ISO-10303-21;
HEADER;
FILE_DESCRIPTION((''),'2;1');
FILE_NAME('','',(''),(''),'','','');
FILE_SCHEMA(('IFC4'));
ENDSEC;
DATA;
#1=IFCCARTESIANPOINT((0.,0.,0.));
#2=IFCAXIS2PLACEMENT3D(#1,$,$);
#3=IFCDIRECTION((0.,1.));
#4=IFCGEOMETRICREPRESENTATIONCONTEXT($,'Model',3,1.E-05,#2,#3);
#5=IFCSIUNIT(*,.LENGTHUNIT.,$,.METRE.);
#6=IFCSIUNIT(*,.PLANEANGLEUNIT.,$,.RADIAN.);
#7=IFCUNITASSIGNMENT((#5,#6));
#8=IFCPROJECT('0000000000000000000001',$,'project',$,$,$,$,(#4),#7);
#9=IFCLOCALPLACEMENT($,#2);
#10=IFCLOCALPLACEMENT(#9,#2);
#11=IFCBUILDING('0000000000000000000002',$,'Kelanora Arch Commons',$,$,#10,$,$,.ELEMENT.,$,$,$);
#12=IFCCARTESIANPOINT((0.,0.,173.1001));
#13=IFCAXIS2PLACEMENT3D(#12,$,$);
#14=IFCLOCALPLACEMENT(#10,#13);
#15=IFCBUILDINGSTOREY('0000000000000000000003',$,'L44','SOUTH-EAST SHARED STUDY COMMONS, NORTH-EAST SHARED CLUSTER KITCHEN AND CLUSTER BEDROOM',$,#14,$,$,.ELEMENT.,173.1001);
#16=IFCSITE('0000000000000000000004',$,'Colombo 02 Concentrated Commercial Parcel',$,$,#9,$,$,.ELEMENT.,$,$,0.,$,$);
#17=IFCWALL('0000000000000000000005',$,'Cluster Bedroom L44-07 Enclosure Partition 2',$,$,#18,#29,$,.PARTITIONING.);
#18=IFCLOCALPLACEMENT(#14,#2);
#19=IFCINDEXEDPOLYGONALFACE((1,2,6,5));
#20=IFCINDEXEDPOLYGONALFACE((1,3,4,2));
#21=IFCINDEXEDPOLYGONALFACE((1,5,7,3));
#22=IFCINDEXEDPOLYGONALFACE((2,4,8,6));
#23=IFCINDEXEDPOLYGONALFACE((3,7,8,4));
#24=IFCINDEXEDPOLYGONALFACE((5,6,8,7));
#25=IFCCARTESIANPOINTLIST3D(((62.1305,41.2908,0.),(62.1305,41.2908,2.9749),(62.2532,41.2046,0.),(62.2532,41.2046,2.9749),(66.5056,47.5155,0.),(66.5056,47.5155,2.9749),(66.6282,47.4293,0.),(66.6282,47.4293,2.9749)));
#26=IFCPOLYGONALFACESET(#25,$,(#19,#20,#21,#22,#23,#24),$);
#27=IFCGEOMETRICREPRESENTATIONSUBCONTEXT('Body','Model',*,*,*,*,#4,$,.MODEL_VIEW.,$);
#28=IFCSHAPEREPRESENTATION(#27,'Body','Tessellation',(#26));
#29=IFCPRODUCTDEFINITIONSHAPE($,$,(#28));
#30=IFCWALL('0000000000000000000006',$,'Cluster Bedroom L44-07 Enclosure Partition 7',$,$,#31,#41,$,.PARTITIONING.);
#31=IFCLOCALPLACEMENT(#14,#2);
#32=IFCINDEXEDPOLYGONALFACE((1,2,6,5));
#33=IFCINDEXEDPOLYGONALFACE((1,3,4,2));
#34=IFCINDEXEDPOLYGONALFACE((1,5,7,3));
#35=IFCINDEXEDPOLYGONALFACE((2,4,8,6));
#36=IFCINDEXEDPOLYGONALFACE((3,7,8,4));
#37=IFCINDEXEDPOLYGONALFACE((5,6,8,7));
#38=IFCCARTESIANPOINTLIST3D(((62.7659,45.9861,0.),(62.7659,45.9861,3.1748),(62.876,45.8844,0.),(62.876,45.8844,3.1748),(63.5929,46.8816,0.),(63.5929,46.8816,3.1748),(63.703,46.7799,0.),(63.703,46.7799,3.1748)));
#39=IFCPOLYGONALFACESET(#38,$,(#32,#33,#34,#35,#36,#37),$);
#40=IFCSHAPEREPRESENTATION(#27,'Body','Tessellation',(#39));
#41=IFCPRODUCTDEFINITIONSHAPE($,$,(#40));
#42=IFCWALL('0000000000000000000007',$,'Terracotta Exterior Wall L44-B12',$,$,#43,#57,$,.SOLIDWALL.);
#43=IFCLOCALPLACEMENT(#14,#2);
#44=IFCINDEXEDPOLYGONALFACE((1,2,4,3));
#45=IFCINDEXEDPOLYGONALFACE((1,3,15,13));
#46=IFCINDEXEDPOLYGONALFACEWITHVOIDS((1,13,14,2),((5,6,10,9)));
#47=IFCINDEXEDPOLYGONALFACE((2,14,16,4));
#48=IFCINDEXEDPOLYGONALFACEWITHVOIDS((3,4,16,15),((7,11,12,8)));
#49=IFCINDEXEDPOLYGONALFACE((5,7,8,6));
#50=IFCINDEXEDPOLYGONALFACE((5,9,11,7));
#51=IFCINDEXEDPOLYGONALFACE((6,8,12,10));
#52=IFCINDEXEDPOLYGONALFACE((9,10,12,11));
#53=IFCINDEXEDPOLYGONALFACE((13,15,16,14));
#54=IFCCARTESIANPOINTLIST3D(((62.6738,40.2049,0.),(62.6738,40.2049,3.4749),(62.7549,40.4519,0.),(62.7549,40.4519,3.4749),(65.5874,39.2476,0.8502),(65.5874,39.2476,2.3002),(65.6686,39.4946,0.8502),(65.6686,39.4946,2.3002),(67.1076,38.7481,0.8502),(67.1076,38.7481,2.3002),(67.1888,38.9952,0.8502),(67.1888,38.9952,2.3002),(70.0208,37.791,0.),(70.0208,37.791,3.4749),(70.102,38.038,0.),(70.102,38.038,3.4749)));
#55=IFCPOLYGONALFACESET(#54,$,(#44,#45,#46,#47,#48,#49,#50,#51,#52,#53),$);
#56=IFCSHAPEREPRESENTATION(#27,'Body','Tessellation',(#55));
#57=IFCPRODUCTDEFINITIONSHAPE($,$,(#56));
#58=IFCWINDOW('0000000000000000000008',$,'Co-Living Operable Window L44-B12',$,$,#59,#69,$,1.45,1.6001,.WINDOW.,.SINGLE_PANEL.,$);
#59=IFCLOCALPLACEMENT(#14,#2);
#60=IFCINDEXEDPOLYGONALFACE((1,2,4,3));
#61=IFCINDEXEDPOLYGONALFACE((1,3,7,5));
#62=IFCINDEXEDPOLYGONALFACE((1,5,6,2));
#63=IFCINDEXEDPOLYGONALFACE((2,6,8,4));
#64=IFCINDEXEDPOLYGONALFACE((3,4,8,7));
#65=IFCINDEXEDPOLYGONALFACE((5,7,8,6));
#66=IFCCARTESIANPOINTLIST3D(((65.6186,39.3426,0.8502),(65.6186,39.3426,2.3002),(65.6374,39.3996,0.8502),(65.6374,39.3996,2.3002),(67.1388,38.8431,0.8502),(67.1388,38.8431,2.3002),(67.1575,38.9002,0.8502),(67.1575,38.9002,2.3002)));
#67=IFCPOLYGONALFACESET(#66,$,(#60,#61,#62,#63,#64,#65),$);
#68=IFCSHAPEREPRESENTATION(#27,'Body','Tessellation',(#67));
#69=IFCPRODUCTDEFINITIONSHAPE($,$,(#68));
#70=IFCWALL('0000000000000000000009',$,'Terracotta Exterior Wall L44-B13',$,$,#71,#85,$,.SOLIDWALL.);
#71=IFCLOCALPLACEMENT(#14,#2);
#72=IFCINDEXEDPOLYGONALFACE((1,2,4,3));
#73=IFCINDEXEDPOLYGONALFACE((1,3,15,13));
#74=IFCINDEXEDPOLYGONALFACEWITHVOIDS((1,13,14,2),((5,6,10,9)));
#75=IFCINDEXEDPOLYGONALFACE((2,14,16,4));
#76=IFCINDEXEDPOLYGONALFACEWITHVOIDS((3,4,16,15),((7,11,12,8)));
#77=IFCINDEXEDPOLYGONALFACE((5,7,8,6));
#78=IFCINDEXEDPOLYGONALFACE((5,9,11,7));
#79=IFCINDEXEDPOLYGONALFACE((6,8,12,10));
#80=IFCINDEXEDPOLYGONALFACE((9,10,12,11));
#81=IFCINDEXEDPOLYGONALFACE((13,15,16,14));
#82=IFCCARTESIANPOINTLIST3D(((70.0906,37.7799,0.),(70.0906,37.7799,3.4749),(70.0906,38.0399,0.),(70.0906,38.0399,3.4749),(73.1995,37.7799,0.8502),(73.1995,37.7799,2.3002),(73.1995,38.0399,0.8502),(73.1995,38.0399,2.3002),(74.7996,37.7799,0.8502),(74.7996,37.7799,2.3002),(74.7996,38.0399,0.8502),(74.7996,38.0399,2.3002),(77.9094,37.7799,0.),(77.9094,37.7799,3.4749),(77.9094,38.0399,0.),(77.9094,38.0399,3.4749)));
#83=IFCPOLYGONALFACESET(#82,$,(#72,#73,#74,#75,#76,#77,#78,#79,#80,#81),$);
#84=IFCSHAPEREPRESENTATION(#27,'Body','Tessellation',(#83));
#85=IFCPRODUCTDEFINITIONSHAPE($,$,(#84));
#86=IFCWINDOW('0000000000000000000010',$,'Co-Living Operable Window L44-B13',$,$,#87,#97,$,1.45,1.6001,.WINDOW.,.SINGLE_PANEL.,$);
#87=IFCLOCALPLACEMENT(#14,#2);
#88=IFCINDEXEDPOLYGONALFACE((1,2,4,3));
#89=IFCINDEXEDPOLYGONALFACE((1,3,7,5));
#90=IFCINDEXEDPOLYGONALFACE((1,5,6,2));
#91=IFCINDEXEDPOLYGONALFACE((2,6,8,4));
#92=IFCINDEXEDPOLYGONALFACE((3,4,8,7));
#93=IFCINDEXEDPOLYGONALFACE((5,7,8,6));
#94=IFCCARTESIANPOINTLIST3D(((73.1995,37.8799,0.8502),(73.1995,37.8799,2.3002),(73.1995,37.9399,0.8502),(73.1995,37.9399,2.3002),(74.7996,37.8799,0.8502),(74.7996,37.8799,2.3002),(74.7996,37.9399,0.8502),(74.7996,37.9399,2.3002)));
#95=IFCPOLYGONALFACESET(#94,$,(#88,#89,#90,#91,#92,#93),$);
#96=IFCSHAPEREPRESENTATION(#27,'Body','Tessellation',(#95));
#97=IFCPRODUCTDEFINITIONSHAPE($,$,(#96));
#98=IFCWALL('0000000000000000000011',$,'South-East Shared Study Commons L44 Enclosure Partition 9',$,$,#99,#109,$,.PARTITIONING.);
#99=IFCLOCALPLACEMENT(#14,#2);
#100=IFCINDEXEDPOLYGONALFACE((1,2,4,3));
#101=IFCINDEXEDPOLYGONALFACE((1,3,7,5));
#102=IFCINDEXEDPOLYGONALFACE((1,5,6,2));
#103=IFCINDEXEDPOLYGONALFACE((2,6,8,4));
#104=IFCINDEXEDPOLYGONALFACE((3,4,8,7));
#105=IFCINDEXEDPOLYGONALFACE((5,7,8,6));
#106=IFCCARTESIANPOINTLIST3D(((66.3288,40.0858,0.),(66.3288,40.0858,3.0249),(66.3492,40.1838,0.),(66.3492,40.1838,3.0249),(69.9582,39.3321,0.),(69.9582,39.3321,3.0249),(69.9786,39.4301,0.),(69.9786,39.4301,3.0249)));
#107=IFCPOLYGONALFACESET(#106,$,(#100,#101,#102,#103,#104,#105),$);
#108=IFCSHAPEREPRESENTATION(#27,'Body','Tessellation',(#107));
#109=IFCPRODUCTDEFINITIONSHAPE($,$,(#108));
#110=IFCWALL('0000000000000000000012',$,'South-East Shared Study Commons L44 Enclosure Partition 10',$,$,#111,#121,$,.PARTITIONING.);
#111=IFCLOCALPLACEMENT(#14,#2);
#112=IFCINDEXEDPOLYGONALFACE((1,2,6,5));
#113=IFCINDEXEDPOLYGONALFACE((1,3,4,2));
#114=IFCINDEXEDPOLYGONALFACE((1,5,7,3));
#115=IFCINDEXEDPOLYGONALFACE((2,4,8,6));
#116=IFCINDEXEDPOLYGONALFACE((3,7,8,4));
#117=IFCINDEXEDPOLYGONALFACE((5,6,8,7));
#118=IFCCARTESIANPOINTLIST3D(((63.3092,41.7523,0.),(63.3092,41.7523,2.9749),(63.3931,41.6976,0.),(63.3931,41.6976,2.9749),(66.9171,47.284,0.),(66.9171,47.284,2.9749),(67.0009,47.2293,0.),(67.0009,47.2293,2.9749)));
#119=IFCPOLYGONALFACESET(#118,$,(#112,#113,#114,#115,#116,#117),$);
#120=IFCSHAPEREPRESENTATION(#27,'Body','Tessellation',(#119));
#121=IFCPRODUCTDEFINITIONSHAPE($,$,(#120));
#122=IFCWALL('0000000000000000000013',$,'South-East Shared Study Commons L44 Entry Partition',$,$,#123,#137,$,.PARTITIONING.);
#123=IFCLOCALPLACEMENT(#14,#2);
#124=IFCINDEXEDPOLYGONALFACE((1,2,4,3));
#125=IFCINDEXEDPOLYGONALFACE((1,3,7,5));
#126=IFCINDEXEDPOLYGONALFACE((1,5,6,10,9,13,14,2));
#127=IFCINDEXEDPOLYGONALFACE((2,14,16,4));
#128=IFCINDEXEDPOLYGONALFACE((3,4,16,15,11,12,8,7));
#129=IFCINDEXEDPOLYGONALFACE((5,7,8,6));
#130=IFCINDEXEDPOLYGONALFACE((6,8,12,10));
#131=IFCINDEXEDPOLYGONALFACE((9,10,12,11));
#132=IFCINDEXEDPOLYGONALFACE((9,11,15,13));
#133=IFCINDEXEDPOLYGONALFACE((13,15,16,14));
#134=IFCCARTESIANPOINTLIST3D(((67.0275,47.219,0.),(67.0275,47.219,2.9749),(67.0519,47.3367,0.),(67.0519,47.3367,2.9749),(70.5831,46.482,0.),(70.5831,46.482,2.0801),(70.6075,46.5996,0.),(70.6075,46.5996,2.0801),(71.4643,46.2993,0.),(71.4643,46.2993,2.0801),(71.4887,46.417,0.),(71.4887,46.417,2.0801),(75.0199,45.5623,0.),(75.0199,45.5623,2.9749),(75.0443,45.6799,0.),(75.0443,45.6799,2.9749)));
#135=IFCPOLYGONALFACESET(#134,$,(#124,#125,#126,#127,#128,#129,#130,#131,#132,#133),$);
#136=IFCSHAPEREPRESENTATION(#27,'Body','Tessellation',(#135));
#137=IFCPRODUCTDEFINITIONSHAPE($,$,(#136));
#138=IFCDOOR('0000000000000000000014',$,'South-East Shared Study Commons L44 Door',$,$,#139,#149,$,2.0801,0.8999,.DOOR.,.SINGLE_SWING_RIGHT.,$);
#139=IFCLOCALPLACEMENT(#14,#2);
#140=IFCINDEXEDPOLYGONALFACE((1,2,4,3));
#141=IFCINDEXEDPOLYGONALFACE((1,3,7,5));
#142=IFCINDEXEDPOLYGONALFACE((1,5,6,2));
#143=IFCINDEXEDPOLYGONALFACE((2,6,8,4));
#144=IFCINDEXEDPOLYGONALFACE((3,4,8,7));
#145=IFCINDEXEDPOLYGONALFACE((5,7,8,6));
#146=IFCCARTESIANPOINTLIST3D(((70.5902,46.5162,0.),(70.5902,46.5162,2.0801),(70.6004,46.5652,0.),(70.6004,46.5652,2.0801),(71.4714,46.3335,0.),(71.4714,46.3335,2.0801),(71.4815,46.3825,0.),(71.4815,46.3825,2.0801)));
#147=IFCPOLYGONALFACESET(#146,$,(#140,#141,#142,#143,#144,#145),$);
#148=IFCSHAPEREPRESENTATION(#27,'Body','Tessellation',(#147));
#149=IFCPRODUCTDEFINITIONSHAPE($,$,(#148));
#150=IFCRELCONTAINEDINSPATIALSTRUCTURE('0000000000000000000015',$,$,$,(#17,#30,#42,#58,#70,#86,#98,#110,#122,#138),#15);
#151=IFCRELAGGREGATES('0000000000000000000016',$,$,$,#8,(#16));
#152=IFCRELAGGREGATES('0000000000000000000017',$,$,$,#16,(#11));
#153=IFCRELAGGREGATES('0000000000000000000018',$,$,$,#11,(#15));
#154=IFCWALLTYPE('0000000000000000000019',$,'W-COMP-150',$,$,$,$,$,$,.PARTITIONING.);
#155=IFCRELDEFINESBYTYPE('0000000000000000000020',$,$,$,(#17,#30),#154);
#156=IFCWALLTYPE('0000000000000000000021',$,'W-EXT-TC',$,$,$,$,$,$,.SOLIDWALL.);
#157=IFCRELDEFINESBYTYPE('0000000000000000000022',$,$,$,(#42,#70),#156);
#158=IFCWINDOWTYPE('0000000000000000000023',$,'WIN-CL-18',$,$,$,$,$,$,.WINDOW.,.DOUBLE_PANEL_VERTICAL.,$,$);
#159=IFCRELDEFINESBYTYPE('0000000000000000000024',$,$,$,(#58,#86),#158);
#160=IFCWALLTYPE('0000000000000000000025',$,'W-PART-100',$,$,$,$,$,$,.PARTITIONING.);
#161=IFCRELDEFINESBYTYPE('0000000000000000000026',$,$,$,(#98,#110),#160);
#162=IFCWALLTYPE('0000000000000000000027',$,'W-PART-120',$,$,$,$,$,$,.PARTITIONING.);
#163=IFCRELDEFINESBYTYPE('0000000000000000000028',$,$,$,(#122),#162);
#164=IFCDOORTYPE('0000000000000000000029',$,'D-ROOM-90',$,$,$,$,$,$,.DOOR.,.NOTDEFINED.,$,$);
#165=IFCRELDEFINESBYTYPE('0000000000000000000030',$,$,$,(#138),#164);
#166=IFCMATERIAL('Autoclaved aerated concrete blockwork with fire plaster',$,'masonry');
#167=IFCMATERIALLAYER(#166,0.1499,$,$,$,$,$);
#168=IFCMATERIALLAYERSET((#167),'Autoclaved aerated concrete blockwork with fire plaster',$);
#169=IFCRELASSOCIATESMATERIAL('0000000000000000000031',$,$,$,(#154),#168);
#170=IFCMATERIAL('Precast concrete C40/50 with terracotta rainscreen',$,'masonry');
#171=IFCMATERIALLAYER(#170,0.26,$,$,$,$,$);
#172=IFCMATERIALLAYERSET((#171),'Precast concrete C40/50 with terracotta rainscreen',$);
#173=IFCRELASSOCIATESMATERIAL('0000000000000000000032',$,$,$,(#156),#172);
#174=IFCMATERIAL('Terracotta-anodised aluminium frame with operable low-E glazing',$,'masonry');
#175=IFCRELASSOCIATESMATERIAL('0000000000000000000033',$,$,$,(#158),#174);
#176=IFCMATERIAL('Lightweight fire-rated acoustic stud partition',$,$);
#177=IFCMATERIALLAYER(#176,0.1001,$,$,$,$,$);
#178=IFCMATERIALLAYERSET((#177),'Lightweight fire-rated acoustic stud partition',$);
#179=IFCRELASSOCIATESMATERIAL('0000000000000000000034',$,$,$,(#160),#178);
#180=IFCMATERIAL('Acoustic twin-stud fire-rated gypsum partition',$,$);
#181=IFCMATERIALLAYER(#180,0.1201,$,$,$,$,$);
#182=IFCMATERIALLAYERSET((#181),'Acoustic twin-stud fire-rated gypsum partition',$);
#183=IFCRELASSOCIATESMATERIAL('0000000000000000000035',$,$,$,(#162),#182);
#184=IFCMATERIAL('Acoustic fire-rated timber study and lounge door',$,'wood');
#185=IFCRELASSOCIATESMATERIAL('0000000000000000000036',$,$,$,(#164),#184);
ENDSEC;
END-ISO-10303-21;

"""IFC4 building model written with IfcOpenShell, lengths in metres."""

from ifc_helpers import new_model, si_unit, direction, frame, frame_2d, origin, place, context, subcontext, project, spatial, rectangle, extrude, material, layer, layer_set, type_object, element, fill, save


model = new_model("IFC4")

# Units and contexts
model_context = context("Model", 3, precision=1e-05, world=origin(), true_north=direction((0.0, 1.0)))
body_context = subcontext(model_context, "Body", "Model", "MODEL_VIEW")
ifc_project = project(units=[si_unit("LENGTHUNIT", "METRE"), si_unit("PLANEANGLEUNIT", "RADIAN")], contexts=[model_context])

# Site, building, storey
site_placement = place(None, origin())
site = spatial("IfcSite", under=ifc_project, at=site_placement, Name="Colombo 02 Concentrated Commercial Parcel", CompositionType="ELEMENT", RefElevation=0.0)
building_placement = place(site_placement, origin())
building = spatial("IfcBuilding", under=site, at=building_placement, Name="Kelanora Arch Commons", CompositionType="ELEMENT")
storey_placement = place(building_placement, frame((0.0, 0.0, 173.1001)))
storey = spatial("IfcBuildingStorey", under=building, at=storey_placement, Name="L44", Description="SOUTH-EAST SHARED STUDY COMMONS, NORTH-EAST SHARED CLUSTER KITCHEN AND CLUSTER BEDROOM", CompositionType="ELEMENT", Elevation=173.1001)

# Shared definitions
ifc_material_1 = material(Name="Autoclaved aerated concrete blockwork with fire plaster", Category="masonry")
ifc_layer_1 = layer(ifc_material_1, 0.1499)
ifc_layer_set_1 = layer_set([ifc_layer_1], Name="Autoclaved aerated concrete blockwork with fire plaster")
wall_type_1 = type_object("IfcWallType", Name="W-COMP-150", PredefinedType="PARTITIONING", material=ifc_layer_set_1)

# Walls
wall_1_placement = place(storey_placement, frame((66.5669, 47.4724, 0.0), z_axis=(0.0, 0.0, 1.0), x_axis=(-0.575029, -0.818133, 0.0)))
element("IfcWall", 1, at=wall_1_placement, inside=storey, type_object=wall_type_1, Name="Cluster Bedroom L44-07 Enclosure Partition 2", PredefinedType="PARTITIONING", context=body_context, shape_type="SweptSolid", body=[
    extrude(rectangle(XDim=7.6084, YDim=0.1499, at=frame_2d((3.8042, 0.0))), origin(), (0.0, 0.0, 1.0), 2.9749),
])
wall_2_placement = place(storey_placement, frame((62.821, 45.9353, 0.0), z_axis=(0.0, 0.0, 1.0), x_axis=(0.678405, 0.734688, 0.0)))
element("IfcWall", 2, at=wall_2_placement, inside=storey, type_object=wall_type_1, Name="Cluster Bedroom L44-07 Enclosure Partition 7", PredefinedType="PARTITIONING", context=body_context, shape_type="SweptSolid", body=[
    extrude(rectangle(XDim=1.219, YDim=0.1499, at=frame_2d((0.6094, 0.0))), origin(), (0.0, 0.0, 1.0), 3.1748),
])

# Walls, openings, windows
ifc_material_2 = material(Name="Precast concrete C40/50 with terracotta rainscreen", Category="masonry")
ifc_layer_2 = layer(ifc_material_2, 0.26)
ifc_layer_set_2 = layer_set([ifc_layer_2], Name="Precast concrete C40/50 with terracotta rainscreen")
wall_type_2 = type_object("IfcWallType", Name="W-EXT-TC", PredefinedType="SOLIDWALL", material=ifc_layer_set_2)
wall_3_placement = place(storey_placement, frame((62.7144, 40.3284, 0.0), z_axis=(0.0, 0.0, 1.0), x_axis=(0.950038, -0.312133, 0.0)))
wall_3 = element("IfcWall", 3, at=wall_3_placement, inside=storey, type_object=wall_type_2, Name="Terracotta Exterior Wall L44-B12", PredefinedType="SOLIDWALL", context=body_context, shape_type="SweptSolid", body=[
    extrude(rectangle(XDim=7.7334, YDim=0.26, at=frame_2d((3.8667, 0.0))), origin(), (0.0, 0.0, 1.0), 3.4749),
])
opening_1_placement = place(wall_3_placement, frame((3.0669, 0.0, 0.8501)))
opening_1 = element("IfcOpeningElement", 4, at=opening_1_placement, cuts=wall_3, PredefinedType="OPENING", context=body_context, shape_type="SweptSolid", body=[
    extrude(rectangle(XDim=1.6001, YDim=1.45, at=frame_2d((0.8, 0.7251))), frame((0.0, 0.1401, 0.0), z_axis=(0.0, -1.0, 0.0), x_axis=(1.0, 0.0, 0.0)), (0.0, 0.0, 1.0), 0.28),
])
ifc_material_3 = material(Name="Terracotta-anodised aluminium frame with operable low-E glazing", Category="masonry")
window_type = type_object("IfcWindowType", Name="WIN-CL-18", PartitioningType="DOUBLE_PANEL_VERTICAL", PredefinedType="WINDOW", material=ifc_material_3)
window_1_placement = place(opening_1_placement, origin())
window_1 = element("IfcWindow", 5, at=window_1_placement, inside=storey, type_object=window_type, Name="Co-Living Operable Window L44-B12", OverallHeight=1.45, OverallWidth=1.6001, PartitioningType="SINGLE_PANEL", PredefinedType="WINDOW", context=body_context, shape_type="SweptSolid", body=[
    extrude(rectangle(XDim=1.6001, YDim=1.45, at=frame_2d((0.8, 0.7251))), frame((0.0, 0.03, 0.0), z_axis=(0.0, -1.0, 0.0), x_axis=(1.0, 0.0, 0.0)), (0.0, 0.0, 1.0), 0.0601),
])
fill(opening_1, window_1)
wall_4_placement = place(storey_placement, frame((70.0906, 37.9099, 0.0), z_axis=(0.0, 0.0, 1.0), x_axis=(1.0, 0.0, 0.0)))
wall_4 = element("IfcWall", 6, at=wall_4_placement, inside=storey, type_object=wall_type_2, Name="Terracotta Exterior Wall L44-B13", PredefinedType="SOLIDWALL", context=body_context, shape_type="SweptSolid", body=[
    extrude(rectangle(XDim=7.8188, YDim=0.26, at=frame_2d((3.9094, 0.0))), origin(), (0.0, 0.0, 1.0), 3.4749),
])
opening_2_placement = place(wall_4_placement, frame((3.1089, 0.0, 0.8501)))
opening_2 = element("IfcOpeningElement", 7, at=opening_2_placement, cuts=wall_4, PredefinedType="OPENING", context=body_context, shape_type="SweptSolid", body=[
    extrude(rectangle(XDim=1.6001, YDim=1.45, at=frame_2d((0.8, 0.7251))), frame((0.0, 0.1401, 0.0), z_axis=(0.0, -1.0, 0.0), x_axis=(1.0, 0.0, 0.0)), (0.0, 0.0, 1.0), 0.28),
])
window_2_placement = place(opening_2_placement, origin())
window_2 = element("IfcWindow", 8, at=window_2_placement, inside=storey, type_object=window_type, Name="Co-Living Operable Window L44-B13", OverallHeight=1.45, OverallWidth=1.6001, PartitioningType="SINGLE_PANEL", PredefinedType="WINDOW", context=body_context, shape_type="SweptSolid", body=[
    extrude(rectangle(XDim=1.6001, YDim=1.45, at=frame_2d((0.8, 0.7251))), frame((0.0, 0.03, 0.0), z_axis=(0.0, -1.0, 0.0), x_axis=(1.0, 0.0, 0.0)), (0.0, 0.0, 1.0), 0.0601),
])
fill(opening_2, window_2)

# Walls
ifc_material_4 = material(Name="Lightweight fire-rated acoustic stud partition")
ifc_layer_3 = layer(ifc_material_4, 0.1001)
ifc_layer_set_3 = layer_set([ifc_layer_3], Name="Lightweight fire-rated acoustic stud partition")
wall_type_3 = type_object("IfcWallType", Name="W-PART-100", PredefinedType="PARTITIONING", material=ifc_layer_set_3)
wall_5_placement = place(storey_placement, frame((69.9685, 39.3811, 0.0), z_axis=(0.0, 0.0, 1.0), x_axis=(-0.979113, 0.203318, 0.0)))
element("IfcWall", 9, at=wall_5_placement, inside=storey, type_object=wall_type_3, Name="South-East Shared Study Commons L44 Enclosure Partition 9", PredefinedType="PARTITIONING", context=body_context, shape_type="SweptSolid", body=[
    extrude(rectangle(XDim=3.7068, YDim=0.1001, at=frame_2d((1.8535, 0.0))), origin(), (0.0, 0.0, 1.0), 3.0249),
])
wall_6_placement = place(storey_placement, frame((63.3511, 41.7249, 0.0), z_axis=(0.0, 0.0, 1.0), x_axis=(0.546295, 0.837593, 0.0)))
element("IfcWall", 10, at=wall_6_placement, inside=storey, type_object=wall_type_3, Name="South-East Shared Study Commons L44 Enclosure Partition 10", PredefinedType="PARTITIONING", context=body_context, shape_type="SweptSolid", body=[
    extrude(rectangle(XDim=6.6042, YDim=0.1001, at=frame_2d((3.3022, 0.0))), origin(), (0.0, 0.0, 1.0), 2.9749),
])

# Wall, opening, door
ifc_material_5 = material(Name="Acoustic twin-stud fire-rated gypsum partition")
ifc_layer_4 = layer(ifc_material_5, 0.1201)
ifc_layer_set_4 = layer_set([ifc_layer_4], Name="Acoustic twin-stud fire-rated gypsum partition")
wall_type_4 = type_object("IfcWallType", Name="W-PART-120", PredefinedType="PARTITIONING", material=ifc_layer_set_4)
wall_7_placement = place(storey_placement, frame((67.0398, 47.2778, 0.0), z_axis=(0.0, 0.0, 1.0), x_axis=(0.979184, -0.202974, 0.0)))
wall_7 = element("IfcWall", 11, at=wall_7_placement, inside=storey, type_object=wall_type_4, Name="South-East Shared Study Commons L44 Entry Partition", PredefinedType="PARTITIONING", context=body_context, shape_type="SweptSolid", body=[
    extrude(rectangle(XDim=8.1624, YDim=0.1201, at=frame_2d((4.0811, 0.0))), origin(), (0.0, 0.0, 1.0), 2.9749),
])
opening_3_placement = place(wall_7_placement, frame((3.6311, 0.0, 0.0)))
opening_3 = element("IfcOpeningElement", 12, at=opening_3_placement, cuts=wall_7, PredefinedType="OPENING", context=body_context, shape_type="SweptSolid", body=[
    extrude(rectangle(XDim=0.8999, YDim=2.0801, at=frame_2d((0.45, 1.04))), frame((0.0, 0.0701, 0.0), z_axis=(0.0, -1.0, 0.0), x_axis=(1.0, 0.0, 0.0)), (0.0, 0.0, 1.0), 0.1401),
])
ifc_material_6 = material(Name="Acoustic fire-rated timber study and lounge door", Category="wood")
door_type_1 = type_object("IfcDoorType", Name="D-ROOM-90", OperationType="NOTDEFINED", PredefinedType="DOOR", material=ifc_material_6)
door_1_placement = place(opening_3_placement, origin())
door_1 = element("IfcDoor", 13, at=door_1_placement, inside=storey, type_object=door_type_1, Name="South-East Shared Study Commons L44 Door", OperationType="SINGLE_SWING_RIGHT", OverallHeight=2.0801, OverallWidth=0.8999, PredefinedType="DOOR", context=body_context, shape_type="SweptSolid", body=[
    extrude(rectangle(XDim=0.8999, YDim=2.0801, at=frame_2d((0.45, 1.04))), frame((0.0, 0.0249, 0.0), z_axis=(0.0, -1.0, 0.0), x_axis=(1.0, 0.0, 0.0)), (0.0, 0.0, 1.0), 0.05),
])
fill(opening_3, door_1)

save(model, "model.ifc")
